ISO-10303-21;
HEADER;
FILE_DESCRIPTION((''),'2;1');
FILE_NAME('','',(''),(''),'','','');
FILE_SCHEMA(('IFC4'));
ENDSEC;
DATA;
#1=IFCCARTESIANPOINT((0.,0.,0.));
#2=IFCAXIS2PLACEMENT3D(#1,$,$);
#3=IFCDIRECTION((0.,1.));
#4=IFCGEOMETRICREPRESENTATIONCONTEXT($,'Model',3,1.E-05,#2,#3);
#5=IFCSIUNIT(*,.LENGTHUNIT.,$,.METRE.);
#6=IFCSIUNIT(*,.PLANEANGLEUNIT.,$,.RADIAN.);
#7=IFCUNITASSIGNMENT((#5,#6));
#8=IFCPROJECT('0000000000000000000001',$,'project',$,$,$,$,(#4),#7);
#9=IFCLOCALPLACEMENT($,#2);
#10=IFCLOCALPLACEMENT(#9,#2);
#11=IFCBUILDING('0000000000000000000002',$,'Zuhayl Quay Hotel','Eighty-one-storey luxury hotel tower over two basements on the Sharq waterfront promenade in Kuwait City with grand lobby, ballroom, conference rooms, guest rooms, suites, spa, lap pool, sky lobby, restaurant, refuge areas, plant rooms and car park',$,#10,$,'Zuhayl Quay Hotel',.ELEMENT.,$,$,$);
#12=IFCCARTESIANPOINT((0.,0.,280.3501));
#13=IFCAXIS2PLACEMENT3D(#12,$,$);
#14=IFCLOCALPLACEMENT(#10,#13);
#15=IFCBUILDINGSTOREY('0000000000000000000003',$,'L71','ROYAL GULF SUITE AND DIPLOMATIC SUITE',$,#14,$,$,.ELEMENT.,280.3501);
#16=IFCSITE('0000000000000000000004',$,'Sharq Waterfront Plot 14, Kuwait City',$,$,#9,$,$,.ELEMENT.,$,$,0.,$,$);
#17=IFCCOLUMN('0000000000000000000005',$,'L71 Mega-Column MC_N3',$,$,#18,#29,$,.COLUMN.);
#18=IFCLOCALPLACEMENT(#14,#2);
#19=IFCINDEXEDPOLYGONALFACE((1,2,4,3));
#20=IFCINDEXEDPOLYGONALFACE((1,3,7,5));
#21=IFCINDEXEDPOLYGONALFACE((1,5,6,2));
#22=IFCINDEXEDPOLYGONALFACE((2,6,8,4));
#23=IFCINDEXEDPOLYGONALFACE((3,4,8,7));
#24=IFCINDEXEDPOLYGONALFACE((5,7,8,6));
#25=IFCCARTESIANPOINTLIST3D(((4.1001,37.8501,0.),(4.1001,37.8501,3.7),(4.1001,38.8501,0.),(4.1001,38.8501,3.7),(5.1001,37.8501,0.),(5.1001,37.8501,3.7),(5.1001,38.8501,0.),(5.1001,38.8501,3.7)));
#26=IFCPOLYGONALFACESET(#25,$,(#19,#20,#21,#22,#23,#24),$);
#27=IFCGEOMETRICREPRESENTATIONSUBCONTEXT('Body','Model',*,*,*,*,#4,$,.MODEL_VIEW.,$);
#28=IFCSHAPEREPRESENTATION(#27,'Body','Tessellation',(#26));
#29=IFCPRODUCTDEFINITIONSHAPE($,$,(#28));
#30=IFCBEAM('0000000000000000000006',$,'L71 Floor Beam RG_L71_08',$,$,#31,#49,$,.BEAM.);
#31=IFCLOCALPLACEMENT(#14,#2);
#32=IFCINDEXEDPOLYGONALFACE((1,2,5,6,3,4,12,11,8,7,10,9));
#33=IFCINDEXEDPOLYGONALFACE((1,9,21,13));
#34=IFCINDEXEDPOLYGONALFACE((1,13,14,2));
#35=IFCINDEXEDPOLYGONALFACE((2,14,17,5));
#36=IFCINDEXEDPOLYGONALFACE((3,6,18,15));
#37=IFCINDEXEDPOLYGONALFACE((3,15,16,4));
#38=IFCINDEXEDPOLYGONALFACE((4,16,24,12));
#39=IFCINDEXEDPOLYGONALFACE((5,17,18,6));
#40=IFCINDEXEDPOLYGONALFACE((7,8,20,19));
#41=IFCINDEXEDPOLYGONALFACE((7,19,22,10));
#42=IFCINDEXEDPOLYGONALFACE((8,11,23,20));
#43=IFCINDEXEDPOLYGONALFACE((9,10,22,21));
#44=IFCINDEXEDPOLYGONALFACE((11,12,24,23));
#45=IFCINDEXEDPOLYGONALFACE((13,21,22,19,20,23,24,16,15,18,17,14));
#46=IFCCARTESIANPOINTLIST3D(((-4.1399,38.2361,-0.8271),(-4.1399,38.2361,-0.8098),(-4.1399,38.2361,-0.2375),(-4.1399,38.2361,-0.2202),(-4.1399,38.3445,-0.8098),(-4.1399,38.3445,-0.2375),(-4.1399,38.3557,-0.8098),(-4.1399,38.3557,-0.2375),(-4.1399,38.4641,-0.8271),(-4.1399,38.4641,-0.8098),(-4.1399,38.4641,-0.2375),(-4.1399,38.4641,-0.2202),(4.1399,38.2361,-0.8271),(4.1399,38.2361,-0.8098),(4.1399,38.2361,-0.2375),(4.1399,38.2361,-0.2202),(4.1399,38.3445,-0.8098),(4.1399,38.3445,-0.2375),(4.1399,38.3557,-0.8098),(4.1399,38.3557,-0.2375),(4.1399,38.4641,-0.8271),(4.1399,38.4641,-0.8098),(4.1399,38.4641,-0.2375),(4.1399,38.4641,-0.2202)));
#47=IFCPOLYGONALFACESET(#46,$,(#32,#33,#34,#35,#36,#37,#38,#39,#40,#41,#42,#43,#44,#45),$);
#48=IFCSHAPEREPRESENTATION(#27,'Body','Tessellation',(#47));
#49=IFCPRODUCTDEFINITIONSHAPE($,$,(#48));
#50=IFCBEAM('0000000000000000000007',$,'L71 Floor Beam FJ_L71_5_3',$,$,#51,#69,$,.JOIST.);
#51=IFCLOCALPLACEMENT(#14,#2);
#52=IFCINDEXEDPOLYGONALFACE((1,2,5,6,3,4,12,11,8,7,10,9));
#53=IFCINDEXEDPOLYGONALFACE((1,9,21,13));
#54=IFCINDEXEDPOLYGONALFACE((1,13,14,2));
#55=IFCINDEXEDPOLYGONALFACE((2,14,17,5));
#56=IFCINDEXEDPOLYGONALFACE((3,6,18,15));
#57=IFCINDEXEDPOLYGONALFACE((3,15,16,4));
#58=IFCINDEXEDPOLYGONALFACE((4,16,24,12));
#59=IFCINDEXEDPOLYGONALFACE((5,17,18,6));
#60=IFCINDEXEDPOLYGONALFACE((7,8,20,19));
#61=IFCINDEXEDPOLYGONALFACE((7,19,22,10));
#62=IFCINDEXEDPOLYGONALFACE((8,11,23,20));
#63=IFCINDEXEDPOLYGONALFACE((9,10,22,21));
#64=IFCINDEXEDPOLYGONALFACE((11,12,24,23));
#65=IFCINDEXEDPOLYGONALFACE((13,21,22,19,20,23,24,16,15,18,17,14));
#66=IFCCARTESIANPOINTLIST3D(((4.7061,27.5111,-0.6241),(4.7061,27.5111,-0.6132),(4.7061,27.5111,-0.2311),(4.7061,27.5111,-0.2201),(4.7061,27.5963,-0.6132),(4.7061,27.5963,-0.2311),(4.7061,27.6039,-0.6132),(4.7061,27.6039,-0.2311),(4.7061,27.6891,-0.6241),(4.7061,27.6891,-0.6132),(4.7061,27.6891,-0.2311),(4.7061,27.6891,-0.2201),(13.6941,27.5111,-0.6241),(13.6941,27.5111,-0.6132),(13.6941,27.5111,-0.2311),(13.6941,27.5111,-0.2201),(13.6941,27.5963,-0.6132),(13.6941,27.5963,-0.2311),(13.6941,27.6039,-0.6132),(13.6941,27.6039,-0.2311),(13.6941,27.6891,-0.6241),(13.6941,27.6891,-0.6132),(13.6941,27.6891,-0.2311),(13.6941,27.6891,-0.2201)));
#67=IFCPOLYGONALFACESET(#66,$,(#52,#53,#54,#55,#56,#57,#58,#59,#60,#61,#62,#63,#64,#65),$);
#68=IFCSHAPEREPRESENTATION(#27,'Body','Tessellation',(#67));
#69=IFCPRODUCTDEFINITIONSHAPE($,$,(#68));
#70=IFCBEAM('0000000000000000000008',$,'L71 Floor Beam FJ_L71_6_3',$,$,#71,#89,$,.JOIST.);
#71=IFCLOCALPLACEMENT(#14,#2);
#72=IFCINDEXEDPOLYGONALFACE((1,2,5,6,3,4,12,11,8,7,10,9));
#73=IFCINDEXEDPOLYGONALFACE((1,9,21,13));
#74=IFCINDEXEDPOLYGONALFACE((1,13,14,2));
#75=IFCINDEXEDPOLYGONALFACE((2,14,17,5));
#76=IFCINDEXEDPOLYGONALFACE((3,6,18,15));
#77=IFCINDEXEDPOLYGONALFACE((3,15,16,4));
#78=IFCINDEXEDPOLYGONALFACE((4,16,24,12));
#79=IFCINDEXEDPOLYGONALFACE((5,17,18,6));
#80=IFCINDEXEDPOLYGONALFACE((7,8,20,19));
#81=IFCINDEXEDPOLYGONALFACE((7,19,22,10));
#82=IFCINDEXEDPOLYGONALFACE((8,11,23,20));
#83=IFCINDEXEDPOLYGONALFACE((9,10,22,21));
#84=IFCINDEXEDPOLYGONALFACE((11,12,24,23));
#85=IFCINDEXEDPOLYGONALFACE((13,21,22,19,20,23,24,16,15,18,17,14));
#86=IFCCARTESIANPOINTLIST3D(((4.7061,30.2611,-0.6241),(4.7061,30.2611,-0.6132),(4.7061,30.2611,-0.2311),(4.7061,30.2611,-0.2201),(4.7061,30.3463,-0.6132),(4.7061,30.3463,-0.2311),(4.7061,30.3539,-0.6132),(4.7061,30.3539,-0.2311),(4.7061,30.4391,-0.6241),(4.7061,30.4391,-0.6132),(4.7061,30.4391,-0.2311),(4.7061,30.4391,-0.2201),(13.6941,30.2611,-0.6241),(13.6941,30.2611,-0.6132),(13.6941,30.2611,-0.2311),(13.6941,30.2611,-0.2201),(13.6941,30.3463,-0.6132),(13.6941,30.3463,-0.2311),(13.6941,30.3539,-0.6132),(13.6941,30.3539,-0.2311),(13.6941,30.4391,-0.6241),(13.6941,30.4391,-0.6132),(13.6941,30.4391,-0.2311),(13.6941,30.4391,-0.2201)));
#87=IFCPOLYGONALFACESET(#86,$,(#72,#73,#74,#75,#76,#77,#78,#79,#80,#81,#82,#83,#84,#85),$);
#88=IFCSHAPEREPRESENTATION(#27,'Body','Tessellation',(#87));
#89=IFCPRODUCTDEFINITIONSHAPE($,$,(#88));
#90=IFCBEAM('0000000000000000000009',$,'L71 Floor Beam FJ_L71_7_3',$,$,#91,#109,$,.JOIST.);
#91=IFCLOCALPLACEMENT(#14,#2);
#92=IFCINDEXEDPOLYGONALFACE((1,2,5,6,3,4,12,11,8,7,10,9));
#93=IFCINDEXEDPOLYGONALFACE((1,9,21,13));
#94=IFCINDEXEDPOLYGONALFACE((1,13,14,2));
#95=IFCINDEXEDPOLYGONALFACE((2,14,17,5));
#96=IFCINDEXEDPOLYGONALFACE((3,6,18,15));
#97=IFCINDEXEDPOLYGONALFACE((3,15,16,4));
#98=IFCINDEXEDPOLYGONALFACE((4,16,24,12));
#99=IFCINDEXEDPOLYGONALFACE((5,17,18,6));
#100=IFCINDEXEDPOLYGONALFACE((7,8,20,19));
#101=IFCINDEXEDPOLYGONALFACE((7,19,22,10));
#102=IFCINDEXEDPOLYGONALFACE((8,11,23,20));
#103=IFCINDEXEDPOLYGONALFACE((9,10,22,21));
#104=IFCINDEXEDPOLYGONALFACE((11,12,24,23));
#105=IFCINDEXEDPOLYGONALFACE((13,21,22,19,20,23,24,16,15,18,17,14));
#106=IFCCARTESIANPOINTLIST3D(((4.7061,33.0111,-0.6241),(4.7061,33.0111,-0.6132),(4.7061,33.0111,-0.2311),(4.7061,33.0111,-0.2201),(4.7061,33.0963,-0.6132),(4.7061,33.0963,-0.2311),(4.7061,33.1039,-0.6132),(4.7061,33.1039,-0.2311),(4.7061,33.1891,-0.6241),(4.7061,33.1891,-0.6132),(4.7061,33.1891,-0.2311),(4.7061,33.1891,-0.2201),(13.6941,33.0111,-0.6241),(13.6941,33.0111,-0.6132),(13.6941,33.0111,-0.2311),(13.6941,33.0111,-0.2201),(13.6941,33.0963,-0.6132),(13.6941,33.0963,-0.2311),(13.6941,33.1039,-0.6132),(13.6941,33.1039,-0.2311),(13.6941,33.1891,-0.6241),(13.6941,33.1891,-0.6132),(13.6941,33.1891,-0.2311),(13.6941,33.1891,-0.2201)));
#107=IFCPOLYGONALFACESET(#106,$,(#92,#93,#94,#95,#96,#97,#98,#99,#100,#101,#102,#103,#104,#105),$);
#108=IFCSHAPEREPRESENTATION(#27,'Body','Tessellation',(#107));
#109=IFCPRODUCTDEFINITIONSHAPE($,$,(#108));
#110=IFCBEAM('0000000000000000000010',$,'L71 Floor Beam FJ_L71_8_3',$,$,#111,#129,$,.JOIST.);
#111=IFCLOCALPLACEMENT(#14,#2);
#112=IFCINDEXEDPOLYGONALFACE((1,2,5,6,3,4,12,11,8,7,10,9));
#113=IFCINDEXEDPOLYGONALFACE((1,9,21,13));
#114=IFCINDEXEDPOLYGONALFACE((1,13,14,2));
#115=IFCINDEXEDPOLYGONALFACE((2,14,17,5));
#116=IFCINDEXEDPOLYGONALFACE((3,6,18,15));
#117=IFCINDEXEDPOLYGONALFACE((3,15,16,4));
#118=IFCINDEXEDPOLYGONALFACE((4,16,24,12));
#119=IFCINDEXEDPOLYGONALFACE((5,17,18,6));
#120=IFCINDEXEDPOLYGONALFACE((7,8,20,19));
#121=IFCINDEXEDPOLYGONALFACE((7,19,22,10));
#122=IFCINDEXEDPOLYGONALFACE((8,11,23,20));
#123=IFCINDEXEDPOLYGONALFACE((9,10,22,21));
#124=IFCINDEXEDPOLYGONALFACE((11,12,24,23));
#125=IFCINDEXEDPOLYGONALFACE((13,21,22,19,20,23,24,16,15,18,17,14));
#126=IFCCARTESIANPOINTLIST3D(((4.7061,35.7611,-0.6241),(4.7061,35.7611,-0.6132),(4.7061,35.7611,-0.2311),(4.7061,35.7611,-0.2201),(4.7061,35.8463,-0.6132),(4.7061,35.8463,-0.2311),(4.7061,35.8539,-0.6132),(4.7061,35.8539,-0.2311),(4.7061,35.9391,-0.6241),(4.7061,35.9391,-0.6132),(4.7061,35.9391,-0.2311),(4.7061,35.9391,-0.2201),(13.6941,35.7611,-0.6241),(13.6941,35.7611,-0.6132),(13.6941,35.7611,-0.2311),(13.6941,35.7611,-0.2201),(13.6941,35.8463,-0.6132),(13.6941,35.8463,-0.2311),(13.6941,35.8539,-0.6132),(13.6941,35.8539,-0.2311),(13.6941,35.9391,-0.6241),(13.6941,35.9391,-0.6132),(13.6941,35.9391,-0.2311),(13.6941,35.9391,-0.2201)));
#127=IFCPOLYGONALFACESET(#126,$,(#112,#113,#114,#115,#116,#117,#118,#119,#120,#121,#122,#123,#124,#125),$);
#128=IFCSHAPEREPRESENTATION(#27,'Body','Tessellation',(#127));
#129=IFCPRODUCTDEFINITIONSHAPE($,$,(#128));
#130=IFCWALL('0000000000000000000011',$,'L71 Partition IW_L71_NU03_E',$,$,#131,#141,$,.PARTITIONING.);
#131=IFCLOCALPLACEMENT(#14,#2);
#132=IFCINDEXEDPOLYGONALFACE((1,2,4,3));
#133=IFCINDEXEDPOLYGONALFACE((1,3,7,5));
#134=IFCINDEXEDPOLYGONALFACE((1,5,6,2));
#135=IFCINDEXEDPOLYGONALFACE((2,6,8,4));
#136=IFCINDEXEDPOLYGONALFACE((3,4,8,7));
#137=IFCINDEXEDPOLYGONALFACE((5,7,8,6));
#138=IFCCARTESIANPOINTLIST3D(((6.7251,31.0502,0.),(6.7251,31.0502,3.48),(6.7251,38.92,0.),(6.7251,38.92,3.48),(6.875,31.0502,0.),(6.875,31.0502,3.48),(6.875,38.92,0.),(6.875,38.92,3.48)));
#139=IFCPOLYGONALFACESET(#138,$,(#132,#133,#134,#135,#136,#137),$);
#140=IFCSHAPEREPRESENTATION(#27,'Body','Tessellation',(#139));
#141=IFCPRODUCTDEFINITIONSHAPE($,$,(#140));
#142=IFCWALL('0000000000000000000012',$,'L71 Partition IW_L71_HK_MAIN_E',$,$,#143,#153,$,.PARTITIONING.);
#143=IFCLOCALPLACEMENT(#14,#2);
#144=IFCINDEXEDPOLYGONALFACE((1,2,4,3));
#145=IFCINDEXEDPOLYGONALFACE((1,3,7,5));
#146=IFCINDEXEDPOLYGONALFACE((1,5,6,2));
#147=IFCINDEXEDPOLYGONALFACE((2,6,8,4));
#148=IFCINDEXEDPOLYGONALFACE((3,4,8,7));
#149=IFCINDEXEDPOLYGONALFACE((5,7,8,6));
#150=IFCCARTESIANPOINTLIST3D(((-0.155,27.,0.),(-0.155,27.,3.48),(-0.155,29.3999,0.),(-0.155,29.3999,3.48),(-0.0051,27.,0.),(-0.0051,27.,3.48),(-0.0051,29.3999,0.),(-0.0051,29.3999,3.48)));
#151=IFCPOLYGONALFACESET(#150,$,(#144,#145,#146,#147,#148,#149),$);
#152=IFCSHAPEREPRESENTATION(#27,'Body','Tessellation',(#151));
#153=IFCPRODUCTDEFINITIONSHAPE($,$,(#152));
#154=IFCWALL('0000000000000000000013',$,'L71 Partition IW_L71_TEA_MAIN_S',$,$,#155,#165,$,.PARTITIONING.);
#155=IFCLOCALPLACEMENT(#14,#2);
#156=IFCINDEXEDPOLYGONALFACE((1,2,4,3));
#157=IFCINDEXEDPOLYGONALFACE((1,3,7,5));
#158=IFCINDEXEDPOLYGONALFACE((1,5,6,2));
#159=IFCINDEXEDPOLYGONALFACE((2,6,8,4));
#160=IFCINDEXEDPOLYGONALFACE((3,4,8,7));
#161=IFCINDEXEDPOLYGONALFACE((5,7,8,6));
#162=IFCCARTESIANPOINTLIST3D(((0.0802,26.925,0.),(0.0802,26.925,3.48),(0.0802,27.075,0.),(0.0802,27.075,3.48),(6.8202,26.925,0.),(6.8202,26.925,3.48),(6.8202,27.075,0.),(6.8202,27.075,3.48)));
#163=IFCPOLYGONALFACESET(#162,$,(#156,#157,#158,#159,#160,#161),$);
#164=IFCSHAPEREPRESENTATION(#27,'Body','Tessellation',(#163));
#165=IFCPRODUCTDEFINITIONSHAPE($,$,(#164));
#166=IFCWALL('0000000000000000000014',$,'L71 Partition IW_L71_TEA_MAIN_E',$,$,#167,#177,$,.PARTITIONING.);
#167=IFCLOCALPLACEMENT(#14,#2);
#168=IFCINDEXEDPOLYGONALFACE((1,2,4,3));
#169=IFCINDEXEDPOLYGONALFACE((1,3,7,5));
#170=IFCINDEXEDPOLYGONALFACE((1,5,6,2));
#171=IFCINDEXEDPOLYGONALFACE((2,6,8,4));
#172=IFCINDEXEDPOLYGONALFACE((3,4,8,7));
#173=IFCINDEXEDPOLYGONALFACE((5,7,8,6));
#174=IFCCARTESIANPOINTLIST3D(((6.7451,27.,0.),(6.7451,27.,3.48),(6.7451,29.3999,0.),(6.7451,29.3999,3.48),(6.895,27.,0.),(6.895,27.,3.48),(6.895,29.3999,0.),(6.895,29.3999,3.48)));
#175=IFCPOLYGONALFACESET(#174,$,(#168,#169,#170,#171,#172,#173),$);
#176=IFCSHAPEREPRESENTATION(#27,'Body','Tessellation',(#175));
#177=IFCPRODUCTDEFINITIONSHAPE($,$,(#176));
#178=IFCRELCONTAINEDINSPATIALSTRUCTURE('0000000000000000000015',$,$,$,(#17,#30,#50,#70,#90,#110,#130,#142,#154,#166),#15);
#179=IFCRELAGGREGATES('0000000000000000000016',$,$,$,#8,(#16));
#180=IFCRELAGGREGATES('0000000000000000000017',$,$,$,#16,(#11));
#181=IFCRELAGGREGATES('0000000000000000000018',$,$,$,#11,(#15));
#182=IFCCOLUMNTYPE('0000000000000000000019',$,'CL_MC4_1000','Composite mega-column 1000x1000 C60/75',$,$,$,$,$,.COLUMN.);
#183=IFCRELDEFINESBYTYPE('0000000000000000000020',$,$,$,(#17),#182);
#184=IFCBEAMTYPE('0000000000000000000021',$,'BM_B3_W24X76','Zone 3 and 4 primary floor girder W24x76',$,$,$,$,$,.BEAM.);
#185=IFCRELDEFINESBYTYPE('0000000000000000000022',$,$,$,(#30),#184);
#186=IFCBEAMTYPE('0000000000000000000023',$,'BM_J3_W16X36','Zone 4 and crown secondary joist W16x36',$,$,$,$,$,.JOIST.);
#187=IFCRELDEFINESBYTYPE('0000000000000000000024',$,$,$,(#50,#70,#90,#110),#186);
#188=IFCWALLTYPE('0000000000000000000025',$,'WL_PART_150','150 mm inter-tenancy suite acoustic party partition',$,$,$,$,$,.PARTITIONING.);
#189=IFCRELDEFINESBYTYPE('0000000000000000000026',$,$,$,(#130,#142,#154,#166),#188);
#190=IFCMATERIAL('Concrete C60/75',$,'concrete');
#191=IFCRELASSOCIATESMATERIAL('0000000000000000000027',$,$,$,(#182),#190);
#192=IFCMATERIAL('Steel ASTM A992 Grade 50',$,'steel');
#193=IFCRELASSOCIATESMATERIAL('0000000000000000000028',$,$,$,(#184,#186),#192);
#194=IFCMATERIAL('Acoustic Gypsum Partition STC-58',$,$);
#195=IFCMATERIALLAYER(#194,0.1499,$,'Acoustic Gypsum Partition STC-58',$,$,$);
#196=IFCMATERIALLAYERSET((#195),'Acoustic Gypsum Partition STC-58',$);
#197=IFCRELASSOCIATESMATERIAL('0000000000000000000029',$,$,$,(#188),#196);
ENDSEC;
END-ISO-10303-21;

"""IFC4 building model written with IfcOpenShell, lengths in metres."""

from ifc_helpers import new_model, si_unit, direction, frame, frame_2d, origin, origin_2d, place, context, subcontext, project, spatial, rectangle, i_section, extrude, material, layer, layer_set, material_profile, profile_set, type_object, element, save


model = new_model("IFC4")

# Units and contexts
model_context = context("Model", 3, precision=1e-05, world=origin(), true_north=direction((0.0, 1.0)))
body_context = subcontext(model_context, "Body", "Model", "MODEL_VIEW")
ifc_project = project(units=[si_unit("LENGTHUNIT", "METRE"), si_unit("PLANEANGLEUNIT", "RADIAN")], contexts=[model_context])

# Site, building, storey
site_placement = place(None, origin())
site = spatial("IfcSite", under=ifc_project, at=site_placement, Name="Sharq Waterfront Plot 14, Kuwait City", CompositionType="ELEMENT", RefElevation=0.0)
building_placement = place(site_placement, origin())
building = spatial("IfcBuilding", under=site, at=building_placement, Name="Zuhayl Quay Hotel", Description="Eighty-one-storey luxury hotel tower over two basements on the Sharq waterfront promenade in Kuwait City with grand lobby, ballroom, conference rooms, guest rooms, suites, spa, lap pool, sky lobby, restaurant, refuge areas, plant rooms and car park", LongName="Zuhayl Quay Hotel", CompositionType="ELEMENT")
storey_placement = place(building_placement, frame((0.0, 0.0, 280.3501)))
storey = spatial("IfcBuildingStorey", under=building, at=storey_placement, Name="L71", Description="ROYAL GULF SUITE AND DIPLOMATIC SUITE", CompositionType="ELEMENT", Elevation=280.3501)

# Column
ifc_material_1 = material(Name="Concrete C60/75", Category="concrete")
ifc_material_profile_1 = material_profile(ifc_material_1, rectangle(XDim=1.0, YDim=1.0, at=origin_2d()), Name="RC1000X1000")
ifc_profile_set_1 = profile_set([ifc_material_profile_1], Name="Concrete C60/75")
column_type = type_object("IfcColumnType", Name="CL_MC4_1000", Description="Composite mega-column 1000x1000 C60/75", PredefinedType="COLUMN", material=ifc_profile_set_1)
column_placement = place(storey_placement, frame((4.6001, 38.3501, 0.0), z_axis=(0.0, 0.0, 1.0), x_axis=(1.0, 0.0, 0.0)))
element("IfcColumn", 1, at=column_placement, inside=storey, type_object=column_type, Name="L71 Mega-Column MC_N3", PredefinedType="COLUMN", context=body_context, shape_type="SweptSolid", body=[
    extrude(rectangle(XDim=1.0, YDim=1.0, at=origin_2d()), origin(), (0.0, 0.0, 1.0), 3.7),
])

# Beams
ifc_material_2 = material(Name="Steel ASTM A992 Grade 50", Category="steel")
ifc_material_profile_2 = material_profile(ifc_material_2, i_section(OverallWidth=0.228, OverallDepth=0.6069, WebThickness=0.0112, FlangeThickness=0.0173, at=origin_2d()), Name="W24X76")
ifc_profile_set_2 = profile_set([ifc_material_profile_2], Name="Steel ASTM A992 Grade 50")
beam_type_1 = type_object("IfcBeamType", Name="BM_B3_W24X76", Description="Zone 3 and 4 primary floor girder W24x76", PredefinedType="BEAM", material=ifc_profile_set_2)
beam_placement = place(storey_placement, frame((4.1399, 38.3501, -0.5237), z_axis=(-1.0, 0.0, 0.0), x_axis=(0.0, -1.0, 0.0)))
element("IfcBeam", 2, at=beam_placement, inside=storey, type_object=beam_type_1, Name="L71 Floor Beam RG_L71_08", PredefinedType="BEAM", context=body_context, shape_type="SweptSolid", body=[
    extrude(i_section(OverallWidth=0.228, OverallDepth=0.6069, WebThickness=0.0112, FlangeThickness=0.0173, at=origin_2d()), origin(), (0.0, 0.0, 1.0), 8.2798),
])
ifc_material_profile_3 = material_profile(ifc_material_2, i_section(OverallWidth=0.178, OverallDepth=0.4041, WebThickness=0.0076, FlangeThickness=0.011, at=origin_2d()), Name="W16X36")
ifc_profile_set_3 = profile_set([ifc_material_profile_3], Name="Steel ASTM A992 Grade 50")
beam_type_2 = type_object("IfcBeamType", Name="BM_J3_W16X36", Description="Zone 4 and crown secondary joist W16x36", PredefinedType="JOIST", material=ifc_profile_set_3)
for number, where, z_axis, x_axis, name in (
    (3, (4.7061, 27.6001, -0.4221), (1.0, 0.0, 0.0), (0.0, 1.0, 0.0), "L71 Floor Beam FJ_L71_5_3"),
    (4, (4.7061, 30.3501, -0.4221), (1.0, 0.0, 0.0), (0.0, 1.0, 0.0), "L71 Floor Beam FJ_L71_6_3"),
    (5, (4.7061, 33.1001, -0.4221), (1.0, 0.0, 0.0), (0.0, 1.0, 0.0), "L71 Floor Beam FJ_L71_7_3"),
    (6, (4.7061, 35.8501, -0.4221), (1.0, 0.0, 0.0), (0.0, 1.0, 0.0), "L71 Floor Beam FJ_L71_8_3"),
):
    element("IfcBeam", number, at=place(storey_placement, frame(where, z_axis=z_axis, x_axis=x_axis)), inside=storey, type_object=beam_type_2, Name=name, PredefinedType="JOIST", context=body_context, shape_type="SweptSolid", body=[
        extrude(i_section(OverallWidth=0.178, OverallDepth=0.4041, WebThickness=0.0076, FlangeThickness=0.011, at=origin_2d()), origin(), (0.0, 0.0, 1.0), 8.988),
    ])

# Walls
ifc_material_3 = material(Name="Acoustic Gypsum Partition STC-58")
ifc_layer_1 = layer(ifc_material_3, 0.1499, Name="Acoustic Gypsum Partition STC-58")
ifc_layer_set_1 = layer_set([ifc_layer_1], Name="Acoustic Gypsum Partition STC-58")
wall_type_1 = type_object("IfcWallType", Name="WL_PART_150", Description="150 mm inter-tenancy suite acoustic party partition", PredefinedType="PARTITIONING", material=ifc_layer_set_1)
wall_1_placement = place(storey_placement, frame((6.8, 31.05, 0.0), z_axis=(0.0, 0.0, 1.0), x_axis=(0.0, 1.0, 0.0)))
element("IfcWall", 7, at=wall_1_placement, inside=storey, type_object=wall_type_1, Name="L71 Partition IW_L71_NU03_E", PredefinedType="PARTITIONING", context=body_context, shape_type="SweptSolid", body=[
    extrude(rectangle(XDim=7.8699, YDim=0.1499, at=frame_2d((3.9351, 0.0))), origin(), (0.0, 0.0, 1.0), 3.48),
])
wall_2_placement = place(storey_placement, frame((-0.0801, 27.0, 0.0), z_axis=(0.0, 0.0, 1.0), x_axis=(0.0, 1.0, 0.0)))
element("IfcWall", 8, at=wall_2_placement, inside=storey, type_object=wall_type_1, Name="L71 Partition IW_L71_HK_MAIN_E", PredefinedType="PARTITIONING", context=body_context, shape_type="SweptSolid", body=[
    extrude(rectangle(XDim=2.3999, YDim=0.1499, at=frame_2d((1.2, 0.0))), origin(), (0.0, 0.0, 1.0), 3.48),
])
wall_3_placement = place(storey_placement, frame((0.0801, 27.0, 0.0), z_axis=(0.0, 0.0, 1.0), x_axis=(1.0, 0.0, 0.0)))
element("IfcWall", 9, at=wall_3_placement, inside=storey, type_object=wall_type_1, Name="L71 Partition IW_L71_TEA_MAIN_S", PredefinedType="PARTITIONING", context=body_context, shape_type="SweptSolid", body=[
    extrude(rectangle(XDim=6.74, YDim=0.1499, at=frame_2d((3.3701, 0.0))), origin(), (0.0, 0.0, 1.0), 3.48),
])
wall_4_placement = place(storey_placement, frame((6.8201, 27.0, 0.0), z_axis=(0.0, 0.0, 1.0), x_axis=(0.0, 1.0, 0.0)))
element("IfcWall", 10, at=wall_4_placement, inside=storey, type_object=wall_type_1, Name="L71 Partition IW_L71_TEA_MAIN_E", PredefinedType="PARTITIONING", context=body_context, shape_type="SweptSolid", body=[
    extrude(rectangle(XDim=2.3999, YDim=0.1499, at=frame_2d((1.2, 0.0))), origin(), (0.0, 0.0, 1.0), 3.48),
])

save(model, "model.ifc")
